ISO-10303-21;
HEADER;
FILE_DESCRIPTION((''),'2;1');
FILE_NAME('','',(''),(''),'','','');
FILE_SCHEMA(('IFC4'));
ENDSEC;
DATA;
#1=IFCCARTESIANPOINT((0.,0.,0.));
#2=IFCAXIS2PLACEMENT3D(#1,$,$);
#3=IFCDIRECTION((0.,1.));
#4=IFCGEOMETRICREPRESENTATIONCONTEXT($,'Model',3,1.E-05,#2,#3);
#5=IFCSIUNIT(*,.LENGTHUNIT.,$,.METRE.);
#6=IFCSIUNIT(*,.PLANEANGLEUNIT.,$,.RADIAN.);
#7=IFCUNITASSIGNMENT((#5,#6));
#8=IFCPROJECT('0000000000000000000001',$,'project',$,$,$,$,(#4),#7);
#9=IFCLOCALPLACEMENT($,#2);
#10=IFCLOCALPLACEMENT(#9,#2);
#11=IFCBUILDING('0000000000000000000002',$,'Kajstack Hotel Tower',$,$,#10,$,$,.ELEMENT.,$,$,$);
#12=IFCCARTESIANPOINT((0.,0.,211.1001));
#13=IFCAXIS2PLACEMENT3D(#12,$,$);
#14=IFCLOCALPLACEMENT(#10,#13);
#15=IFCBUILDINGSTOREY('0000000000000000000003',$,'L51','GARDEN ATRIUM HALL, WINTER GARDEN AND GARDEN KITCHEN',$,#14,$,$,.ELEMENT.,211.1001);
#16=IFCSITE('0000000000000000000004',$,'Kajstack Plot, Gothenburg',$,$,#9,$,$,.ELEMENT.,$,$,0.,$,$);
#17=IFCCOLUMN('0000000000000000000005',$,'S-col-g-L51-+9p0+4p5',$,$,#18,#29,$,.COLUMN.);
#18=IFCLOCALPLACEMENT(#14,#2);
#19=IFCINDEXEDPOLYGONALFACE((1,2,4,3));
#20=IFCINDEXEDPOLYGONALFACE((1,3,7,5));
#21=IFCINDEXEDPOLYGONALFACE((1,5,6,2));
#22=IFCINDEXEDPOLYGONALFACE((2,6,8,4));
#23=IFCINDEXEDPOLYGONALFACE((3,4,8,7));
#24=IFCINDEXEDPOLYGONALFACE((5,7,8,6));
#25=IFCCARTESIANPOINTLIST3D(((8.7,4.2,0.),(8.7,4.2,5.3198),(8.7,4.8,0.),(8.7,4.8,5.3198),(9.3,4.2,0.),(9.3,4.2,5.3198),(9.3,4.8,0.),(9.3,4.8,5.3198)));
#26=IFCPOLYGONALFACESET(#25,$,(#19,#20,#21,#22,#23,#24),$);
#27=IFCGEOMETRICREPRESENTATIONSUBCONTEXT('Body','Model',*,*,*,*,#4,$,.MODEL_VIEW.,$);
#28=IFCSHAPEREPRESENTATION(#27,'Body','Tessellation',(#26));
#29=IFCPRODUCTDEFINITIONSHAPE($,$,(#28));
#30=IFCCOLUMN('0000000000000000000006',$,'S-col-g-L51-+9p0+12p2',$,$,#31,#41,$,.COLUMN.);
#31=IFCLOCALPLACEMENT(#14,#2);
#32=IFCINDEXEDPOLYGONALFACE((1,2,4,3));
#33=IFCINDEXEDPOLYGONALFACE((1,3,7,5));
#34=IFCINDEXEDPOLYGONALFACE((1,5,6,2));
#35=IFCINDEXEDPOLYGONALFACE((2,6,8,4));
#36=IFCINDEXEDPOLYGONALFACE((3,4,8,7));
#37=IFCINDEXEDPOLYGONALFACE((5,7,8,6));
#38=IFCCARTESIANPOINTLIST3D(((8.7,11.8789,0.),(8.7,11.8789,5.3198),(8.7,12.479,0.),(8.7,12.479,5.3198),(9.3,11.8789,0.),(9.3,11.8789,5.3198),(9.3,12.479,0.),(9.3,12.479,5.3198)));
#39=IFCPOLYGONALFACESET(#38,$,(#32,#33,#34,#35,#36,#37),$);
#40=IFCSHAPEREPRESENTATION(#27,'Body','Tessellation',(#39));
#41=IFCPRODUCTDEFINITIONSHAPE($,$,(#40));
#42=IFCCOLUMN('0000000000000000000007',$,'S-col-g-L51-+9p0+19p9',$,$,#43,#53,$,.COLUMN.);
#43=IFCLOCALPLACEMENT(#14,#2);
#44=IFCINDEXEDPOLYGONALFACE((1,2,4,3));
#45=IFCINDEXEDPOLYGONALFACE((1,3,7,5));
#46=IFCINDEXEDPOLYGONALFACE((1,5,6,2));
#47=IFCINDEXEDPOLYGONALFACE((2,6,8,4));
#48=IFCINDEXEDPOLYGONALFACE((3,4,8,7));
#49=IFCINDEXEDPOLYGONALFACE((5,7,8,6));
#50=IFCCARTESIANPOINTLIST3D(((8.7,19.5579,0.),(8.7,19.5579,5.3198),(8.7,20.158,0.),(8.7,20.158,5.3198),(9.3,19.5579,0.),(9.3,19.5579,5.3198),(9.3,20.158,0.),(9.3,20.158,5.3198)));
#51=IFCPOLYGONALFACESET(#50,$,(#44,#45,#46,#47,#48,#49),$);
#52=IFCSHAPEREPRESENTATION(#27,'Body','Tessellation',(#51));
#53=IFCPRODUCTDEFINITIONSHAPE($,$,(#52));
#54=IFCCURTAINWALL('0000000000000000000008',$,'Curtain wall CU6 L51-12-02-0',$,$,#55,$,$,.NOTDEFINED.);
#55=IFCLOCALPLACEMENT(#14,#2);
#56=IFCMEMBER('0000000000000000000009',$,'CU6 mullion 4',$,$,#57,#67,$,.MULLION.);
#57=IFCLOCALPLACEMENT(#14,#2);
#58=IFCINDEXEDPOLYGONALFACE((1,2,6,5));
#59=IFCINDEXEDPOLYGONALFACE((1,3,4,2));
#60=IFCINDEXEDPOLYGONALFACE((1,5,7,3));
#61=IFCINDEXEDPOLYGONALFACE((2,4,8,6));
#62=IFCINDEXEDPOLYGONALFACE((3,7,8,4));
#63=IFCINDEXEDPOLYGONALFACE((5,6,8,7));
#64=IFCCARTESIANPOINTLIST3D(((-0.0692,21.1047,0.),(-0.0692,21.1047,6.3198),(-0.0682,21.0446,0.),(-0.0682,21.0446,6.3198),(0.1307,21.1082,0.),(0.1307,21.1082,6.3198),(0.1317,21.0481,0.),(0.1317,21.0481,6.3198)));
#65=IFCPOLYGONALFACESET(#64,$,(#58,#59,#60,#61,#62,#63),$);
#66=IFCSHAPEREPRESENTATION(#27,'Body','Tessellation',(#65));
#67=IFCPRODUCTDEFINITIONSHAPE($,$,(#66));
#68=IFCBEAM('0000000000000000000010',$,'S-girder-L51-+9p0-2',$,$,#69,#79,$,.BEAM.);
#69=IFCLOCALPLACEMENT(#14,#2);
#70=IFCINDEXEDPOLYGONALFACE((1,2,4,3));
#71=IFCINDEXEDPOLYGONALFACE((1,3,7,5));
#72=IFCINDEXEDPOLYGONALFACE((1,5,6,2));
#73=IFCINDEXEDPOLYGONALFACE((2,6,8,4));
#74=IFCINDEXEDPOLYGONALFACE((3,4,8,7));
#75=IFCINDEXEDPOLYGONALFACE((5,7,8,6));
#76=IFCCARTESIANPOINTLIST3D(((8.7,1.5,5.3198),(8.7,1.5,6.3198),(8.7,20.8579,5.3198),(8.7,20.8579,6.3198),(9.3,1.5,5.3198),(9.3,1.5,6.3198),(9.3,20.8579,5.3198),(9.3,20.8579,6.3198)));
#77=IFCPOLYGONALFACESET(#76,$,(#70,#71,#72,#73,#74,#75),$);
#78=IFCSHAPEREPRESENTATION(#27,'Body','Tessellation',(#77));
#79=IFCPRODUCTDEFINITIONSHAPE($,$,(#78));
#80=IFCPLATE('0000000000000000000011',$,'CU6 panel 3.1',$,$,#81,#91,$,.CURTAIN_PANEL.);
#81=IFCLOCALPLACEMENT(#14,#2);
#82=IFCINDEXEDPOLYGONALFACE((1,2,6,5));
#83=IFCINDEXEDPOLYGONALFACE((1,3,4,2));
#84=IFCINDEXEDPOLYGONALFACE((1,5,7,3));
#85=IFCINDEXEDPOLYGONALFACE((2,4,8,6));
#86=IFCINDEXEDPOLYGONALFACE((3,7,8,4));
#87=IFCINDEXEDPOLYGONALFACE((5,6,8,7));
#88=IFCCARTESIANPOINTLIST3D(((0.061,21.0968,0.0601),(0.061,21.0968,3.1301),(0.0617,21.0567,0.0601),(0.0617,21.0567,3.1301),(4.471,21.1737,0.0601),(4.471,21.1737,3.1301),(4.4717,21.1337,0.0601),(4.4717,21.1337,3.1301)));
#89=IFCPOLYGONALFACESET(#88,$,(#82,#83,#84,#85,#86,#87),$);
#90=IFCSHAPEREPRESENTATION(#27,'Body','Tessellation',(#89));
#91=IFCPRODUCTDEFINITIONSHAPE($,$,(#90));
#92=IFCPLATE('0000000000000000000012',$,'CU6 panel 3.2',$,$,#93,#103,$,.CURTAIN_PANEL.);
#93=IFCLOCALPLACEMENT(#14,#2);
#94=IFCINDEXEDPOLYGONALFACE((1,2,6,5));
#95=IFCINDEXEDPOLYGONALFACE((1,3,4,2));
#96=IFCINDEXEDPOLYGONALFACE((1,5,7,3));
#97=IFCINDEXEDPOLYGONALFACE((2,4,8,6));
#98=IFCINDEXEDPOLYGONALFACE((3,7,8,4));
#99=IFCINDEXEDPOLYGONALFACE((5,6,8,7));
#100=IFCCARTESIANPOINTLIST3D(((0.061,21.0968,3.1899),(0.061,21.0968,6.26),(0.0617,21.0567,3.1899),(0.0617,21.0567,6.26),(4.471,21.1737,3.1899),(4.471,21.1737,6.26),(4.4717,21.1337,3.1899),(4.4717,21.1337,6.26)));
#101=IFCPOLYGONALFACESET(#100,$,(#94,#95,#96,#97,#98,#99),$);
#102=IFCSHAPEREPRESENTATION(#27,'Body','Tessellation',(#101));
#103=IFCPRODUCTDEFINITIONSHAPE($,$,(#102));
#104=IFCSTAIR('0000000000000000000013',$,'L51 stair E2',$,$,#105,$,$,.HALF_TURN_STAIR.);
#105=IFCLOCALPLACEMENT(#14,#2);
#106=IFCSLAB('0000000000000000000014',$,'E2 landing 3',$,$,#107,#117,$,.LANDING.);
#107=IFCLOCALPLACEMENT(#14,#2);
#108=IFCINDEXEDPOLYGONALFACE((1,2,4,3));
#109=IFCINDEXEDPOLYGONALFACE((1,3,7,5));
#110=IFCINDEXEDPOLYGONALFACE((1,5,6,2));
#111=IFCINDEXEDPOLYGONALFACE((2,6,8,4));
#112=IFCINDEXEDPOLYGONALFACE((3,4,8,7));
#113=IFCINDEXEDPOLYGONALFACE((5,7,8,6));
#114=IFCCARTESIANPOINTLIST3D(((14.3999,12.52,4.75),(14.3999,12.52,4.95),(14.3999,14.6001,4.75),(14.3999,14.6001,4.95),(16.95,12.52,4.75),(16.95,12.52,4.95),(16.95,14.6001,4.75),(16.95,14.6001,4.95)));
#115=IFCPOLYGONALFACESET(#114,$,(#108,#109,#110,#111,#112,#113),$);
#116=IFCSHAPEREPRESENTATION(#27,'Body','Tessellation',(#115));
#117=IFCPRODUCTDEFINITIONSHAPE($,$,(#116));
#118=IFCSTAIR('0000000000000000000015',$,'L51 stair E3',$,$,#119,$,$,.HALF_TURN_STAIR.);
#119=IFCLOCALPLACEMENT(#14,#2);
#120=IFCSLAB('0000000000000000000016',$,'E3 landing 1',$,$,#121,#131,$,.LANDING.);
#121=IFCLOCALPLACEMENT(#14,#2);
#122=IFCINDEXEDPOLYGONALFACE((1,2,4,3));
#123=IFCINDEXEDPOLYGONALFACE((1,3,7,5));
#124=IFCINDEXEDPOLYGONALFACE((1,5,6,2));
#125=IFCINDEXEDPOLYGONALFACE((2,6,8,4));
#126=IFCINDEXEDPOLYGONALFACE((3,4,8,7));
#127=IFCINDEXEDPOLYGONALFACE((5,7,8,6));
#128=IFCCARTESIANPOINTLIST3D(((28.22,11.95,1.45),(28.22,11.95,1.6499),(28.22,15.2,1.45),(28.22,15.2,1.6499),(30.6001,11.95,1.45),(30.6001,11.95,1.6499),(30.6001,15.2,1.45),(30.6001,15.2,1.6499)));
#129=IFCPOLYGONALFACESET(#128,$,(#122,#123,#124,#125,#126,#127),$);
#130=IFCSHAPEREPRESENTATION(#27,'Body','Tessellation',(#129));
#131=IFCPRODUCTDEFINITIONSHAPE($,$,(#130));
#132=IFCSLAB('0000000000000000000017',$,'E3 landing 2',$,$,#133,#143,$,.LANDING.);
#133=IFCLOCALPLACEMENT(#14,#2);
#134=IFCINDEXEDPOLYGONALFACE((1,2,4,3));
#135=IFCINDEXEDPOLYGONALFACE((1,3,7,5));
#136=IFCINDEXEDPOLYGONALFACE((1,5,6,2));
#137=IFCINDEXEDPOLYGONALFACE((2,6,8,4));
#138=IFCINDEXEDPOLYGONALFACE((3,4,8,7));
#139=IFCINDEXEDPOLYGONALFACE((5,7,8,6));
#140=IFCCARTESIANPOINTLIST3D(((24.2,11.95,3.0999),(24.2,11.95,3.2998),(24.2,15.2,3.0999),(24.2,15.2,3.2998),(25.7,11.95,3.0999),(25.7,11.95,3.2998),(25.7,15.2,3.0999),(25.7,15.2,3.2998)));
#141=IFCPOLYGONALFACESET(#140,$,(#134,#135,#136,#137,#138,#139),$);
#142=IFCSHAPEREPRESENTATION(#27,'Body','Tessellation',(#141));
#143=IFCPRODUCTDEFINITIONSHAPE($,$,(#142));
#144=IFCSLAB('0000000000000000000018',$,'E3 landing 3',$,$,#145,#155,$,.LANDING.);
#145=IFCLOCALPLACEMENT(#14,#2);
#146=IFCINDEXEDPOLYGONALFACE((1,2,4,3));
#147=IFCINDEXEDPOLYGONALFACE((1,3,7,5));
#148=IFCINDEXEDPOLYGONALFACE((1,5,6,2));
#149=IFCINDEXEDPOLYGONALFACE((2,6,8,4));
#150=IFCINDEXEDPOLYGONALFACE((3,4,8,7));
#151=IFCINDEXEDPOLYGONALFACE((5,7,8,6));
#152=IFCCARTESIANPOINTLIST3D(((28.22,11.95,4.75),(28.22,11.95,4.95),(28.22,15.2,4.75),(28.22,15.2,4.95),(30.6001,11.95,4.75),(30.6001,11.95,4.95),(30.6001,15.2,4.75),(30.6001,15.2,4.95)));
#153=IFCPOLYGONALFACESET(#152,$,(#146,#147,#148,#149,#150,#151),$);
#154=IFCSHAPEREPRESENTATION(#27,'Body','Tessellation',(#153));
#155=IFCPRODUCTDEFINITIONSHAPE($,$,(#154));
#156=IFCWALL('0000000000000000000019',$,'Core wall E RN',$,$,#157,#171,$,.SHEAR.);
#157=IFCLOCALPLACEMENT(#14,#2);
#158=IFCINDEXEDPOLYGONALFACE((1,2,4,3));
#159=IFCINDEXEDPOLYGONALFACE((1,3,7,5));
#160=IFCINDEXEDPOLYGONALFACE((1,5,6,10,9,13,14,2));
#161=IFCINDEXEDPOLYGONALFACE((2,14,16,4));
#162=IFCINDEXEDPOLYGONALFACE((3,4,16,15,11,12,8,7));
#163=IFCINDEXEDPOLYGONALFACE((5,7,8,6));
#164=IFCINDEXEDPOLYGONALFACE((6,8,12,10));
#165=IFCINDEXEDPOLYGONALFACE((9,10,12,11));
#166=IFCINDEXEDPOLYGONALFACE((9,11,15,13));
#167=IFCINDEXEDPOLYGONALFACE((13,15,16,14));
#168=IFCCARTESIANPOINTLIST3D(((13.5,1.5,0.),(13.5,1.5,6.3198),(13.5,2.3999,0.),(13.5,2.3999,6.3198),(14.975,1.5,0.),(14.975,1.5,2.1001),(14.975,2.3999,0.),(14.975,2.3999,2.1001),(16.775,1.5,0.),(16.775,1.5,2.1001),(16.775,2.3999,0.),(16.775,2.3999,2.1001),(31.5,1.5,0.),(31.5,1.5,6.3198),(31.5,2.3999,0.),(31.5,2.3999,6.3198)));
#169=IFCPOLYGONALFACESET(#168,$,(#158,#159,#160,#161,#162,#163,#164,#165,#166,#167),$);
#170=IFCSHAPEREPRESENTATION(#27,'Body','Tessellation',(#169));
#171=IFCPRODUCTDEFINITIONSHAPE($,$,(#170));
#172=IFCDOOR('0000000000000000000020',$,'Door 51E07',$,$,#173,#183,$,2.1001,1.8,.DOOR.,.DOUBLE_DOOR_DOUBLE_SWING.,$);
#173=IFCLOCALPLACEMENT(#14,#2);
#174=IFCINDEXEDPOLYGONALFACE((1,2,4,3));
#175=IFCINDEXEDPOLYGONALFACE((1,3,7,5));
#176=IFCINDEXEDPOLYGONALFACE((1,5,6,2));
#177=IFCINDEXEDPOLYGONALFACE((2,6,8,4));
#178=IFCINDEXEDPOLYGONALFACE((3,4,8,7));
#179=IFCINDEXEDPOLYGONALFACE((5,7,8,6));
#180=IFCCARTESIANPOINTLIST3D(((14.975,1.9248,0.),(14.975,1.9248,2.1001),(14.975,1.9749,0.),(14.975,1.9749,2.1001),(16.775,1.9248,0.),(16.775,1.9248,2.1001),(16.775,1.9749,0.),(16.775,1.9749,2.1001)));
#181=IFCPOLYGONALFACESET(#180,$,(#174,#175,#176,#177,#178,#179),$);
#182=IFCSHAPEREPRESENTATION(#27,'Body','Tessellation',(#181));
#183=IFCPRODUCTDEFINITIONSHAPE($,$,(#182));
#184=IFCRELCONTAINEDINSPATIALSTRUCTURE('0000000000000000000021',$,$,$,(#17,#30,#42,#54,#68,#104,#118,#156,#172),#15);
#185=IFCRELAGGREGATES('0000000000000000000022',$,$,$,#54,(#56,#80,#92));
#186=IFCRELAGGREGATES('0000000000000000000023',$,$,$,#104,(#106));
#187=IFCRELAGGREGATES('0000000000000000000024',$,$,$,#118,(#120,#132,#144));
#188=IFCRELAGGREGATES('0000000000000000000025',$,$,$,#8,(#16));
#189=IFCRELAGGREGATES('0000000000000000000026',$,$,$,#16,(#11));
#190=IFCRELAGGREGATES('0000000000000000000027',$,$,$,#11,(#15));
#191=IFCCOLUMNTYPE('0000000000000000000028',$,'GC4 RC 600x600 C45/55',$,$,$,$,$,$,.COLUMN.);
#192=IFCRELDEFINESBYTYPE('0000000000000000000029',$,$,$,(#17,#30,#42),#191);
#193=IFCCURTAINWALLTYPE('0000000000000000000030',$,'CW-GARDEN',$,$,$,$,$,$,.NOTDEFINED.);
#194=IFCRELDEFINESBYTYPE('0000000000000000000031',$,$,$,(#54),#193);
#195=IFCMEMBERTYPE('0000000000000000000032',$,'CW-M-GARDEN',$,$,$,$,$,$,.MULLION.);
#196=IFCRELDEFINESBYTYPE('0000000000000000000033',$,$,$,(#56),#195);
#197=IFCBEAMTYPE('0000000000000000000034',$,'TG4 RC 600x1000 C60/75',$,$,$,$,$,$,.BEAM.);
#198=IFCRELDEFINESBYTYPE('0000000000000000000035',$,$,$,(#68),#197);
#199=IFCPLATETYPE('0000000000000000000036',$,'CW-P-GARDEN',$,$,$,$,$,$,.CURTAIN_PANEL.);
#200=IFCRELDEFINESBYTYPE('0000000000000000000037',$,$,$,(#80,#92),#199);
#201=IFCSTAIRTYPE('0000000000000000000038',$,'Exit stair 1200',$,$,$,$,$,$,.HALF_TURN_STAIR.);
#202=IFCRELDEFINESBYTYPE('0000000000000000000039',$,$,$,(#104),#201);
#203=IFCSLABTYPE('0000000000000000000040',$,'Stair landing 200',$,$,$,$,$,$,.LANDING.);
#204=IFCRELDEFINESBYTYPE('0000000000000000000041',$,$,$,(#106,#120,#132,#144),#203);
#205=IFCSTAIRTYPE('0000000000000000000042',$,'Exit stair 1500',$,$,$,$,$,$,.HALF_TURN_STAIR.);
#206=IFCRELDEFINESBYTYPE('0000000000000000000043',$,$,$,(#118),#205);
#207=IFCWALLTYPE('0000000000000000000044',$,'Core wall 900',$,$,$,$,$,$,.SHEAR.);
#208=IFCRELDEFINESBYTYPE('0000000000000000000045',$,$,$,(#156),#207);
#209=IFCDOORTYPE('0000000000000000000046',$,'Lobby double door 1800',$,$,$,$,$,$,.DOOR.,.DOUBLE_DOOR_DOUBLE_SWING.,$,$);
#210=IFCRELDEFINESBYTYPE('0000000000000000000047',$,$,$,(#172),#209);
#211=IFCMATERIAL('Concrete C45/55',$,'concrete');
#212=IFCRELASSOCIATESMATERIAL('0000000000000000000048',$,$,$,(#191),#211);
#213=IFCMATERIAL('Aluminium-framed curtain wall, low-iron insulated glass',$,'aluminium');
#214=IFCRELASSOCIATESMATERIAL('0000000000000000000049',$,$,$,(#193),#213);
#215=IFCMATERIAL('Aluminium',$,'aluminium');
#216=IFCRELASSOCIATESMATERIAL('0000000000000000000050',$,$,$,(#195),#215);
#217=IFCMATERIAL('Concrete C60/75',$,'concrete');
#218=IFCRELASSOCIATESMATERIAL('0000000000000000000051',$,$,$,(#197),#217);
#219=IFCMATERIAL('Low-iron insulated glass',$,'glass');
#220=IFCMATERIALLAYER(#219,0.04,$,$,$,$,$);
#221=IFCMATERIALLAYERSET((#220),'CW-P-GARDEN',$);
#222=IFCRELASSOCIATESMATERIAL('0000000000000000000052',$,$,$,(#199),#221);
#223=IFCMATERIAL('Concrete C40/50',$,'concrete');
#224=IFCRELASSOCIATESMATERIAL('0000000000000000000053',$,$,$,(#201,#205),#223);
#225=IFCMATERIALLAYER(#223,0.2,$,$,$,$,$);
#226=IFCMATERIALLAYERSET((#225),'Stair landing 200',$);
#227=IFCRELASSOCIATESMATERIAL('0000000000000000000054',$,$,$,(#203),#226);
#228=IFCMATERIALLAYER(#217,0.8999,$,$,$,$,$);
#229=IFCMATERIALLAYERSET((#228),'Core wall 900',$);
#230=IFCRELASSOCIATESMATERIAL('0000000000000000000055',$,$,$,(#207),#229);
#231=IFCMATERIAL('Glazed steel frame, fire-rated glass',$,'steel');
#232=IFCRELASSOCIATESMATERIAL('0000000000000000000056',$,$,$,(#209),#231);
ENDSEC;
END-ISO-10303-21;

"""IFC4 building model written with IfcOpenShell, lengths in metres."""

from ifc_helpers import new_model, si_unit, direction, frame, frame_2d, origin, origin_2d, place, context, subcontext, project, spatial, polyline, rectangle, outline, extrude, material, layer, layer_set, material_profile, profile_set, type_object, element, fill, aggregate, save


model = new_model("IFC4")

# Units and contexts
model_context = context("Model", 3, precision=1e-05, world=origin(), true_north=direction((0.0, 1.0)))
body_context = subcontext(model_context, "Body", "Model", "MODEL_VIEW")
ifc_project = project(units=[si_unit("LENGTHUNIT", "METRE"), si_unit("PLANEANGLEUNIT", "RADIAN")], contexts=[model_context])

# Site, building, storey
site_placement = place(None, origin())
site = spatial("IfcSite", under=ifc_project, at=site_placement, Name="Kajstack Plot, Gothenburg", CompositionType="ELEMENT", RefElevation=0.0)
building_placement = place(site_placement, origin())
building = spatial("IfcBuilding", under=site, at=building_placement, Name="Kajstack Hotel Tower", CompositionType="ELEMENT")
storey_placement = place(building_placement, frame((0.0, 0.0, 211.1001)))
storey = spatial("IfcBuildingStorey", under=building, at=storey_placement, Name="L51", Description="GARDEN ATRIUM HALL, WINTER GARDEN AND GARDEN KITCHEN", CompositionType="ELEMENT", Elevation=211.1001)

# Columns
ifc_material_1 = material(Name="Concrete C45/55", Category="concrete")
ifc_material_profile_1 = material_profile(ifc_material_1, rectangle(XDim=0.6001, YDim=0.6001, at=origin_2d()), Name="RC 600x600")
ifc_profile_set_1 = profile_set([ifc_material_profile_1], Name="Concrete C45/55")
column_type = type_object("IfcColumnType", Name="GC4 RC 600x600 C45/55", PredefinedType="COLUMN", material=ifc_profile_set_1)
for number, where, z_axis, x_axis, name in (
    (1, (9.0, 4.5, 0.0), (0.0, 0.0, 1.0), (1.0, 0.0, 0.0), "S-col-g-L51-+9p0+4p5"),
    (2, (9.0, 12.179, 0.0), (0.0, 0.0, 1.0), (1.0, 0.0, 0.0), "S-col-g-L51-+9p0+12p2"),
    (3, (9.0, 19.8579, 0.0), (0.0, 0.0, 1.0), (1.0, 0.0, 0.0), "S-col-g-L51-+9p0+19p9"),
):
    element("IfcColumn", number, at=place(storey_placement, frame(where, z_axis=z_axis, x_axis=x_axis)), inside=storey, type_object=column_type, Name=name, PredefinedType="COLUMN", context=body_context, shape_type="SweptSolid", body=[
        extrude(rectangle(XDim=0.6001, YDim=0.6001, at=origin_2d()), origin(), (0.0, 0.0, 1.0), 5.3198),
    ])

# Curtain wall, member
ifc_material_2 = material(Name="Aluminium-framed curtain wall, low-iron insulated glass", Category="aluminium")
curtain_wall_type = type_object("IfcCurtainWallType", Name="CW-GARDEN", PredefinedType="NOTDEFINED", material=ifc_material_2)
curtain_wall_placement = place(storey_placement, origin())
curtain_wall = element("IfcCurtainWall", 4, at=curtain_wall_placement, inside=storey, type_object=curtain_wall_type, Name="Curtain wall CU6 L51-12-02-0", PredefinedType="NOTDEFINED")
ifc_material_3 = material(Name="Aluminium", Category="aluminium")
ifc_material_profile_2 = material_profile(ifc_material_3, rectangle(XDim=0.0601, YDim=0.2, at=origin_2d()), Name="Aluminium mullion 60 x 200")
ifc_profile_set_2 = profile_set([ifc_material_profile_2], Name="Aluminium")
member_type = type_object("IfcMemberType", Name="CW-M-GARDEN", PredefinedType="MULLION", material=ifc_profile_set_2)
member_placement = place(storey_placement, frame((0.0312, 21.0764, 0.0), z_axis=(0.0, 0.0, 1.0), x_axis=(0.017453, -0.999848, 0.0)))
member = element("IfcMember", 5, at=member_placement, type_object=member_type, Name="CU6 mullion 4", PredefinedType="MULLION", context=body_context, shape_type="SweptSolid", body=[
    extrude(rectangle(XDim=0.0601, YDim=0.2, at=origin_2d()), origin(), (0.0, 0.0, 1.0), 6.3198),
])

# Beam
ifc_material_4 = material(Name="Concrete C60/75", Category="concrete")
ifc_material_profile_3 = material_profile(ifc_material_4, rectangle(XDim=0.6001, YDim=1.0, at=origin_2d()), Name="RC 600x1000")
ifc_profile_set_3 = profile_set([ifc_material_profile_3], Name="Concrete C60/75")
beam_type = type_object("IfcBeamType", Name="TG4 RC 600x1000 C60/75", PredefinedType="BEAM", material=ifc_profile_set_3)
beam_placement = place(storey_placement, frame((9.0, 1.5, 5.8198), z_axis=(0.0, 1.0, 0.0), x_axis=(-1.0, 0.0, 0.0)))
element("IfcBeam", 6, at=beam_placement, inside=storey, type_object=beam_type, Name="S-girder-L51-+9p0-2", PredefinedType="BEAM", context=body_context, shape_type="SweptSolid", body=[
    extrude(rectangle(XDim=0.6001, YDim=1.0, at=origin_2d()), origin(), (0.0, 0.0, 1.0), 19.3579),
])

# Plates
ifc_material_5 = material(Name="Low-iron insulated glass", Category="glass")
ifc_layer_1 = layer(ifc_material_5, 0.04)
ifc_layer_set_1 = layer_set([ifc_layer_1], Name="CW-P-GARDEN")
plate_type = type_object("IfcPlateType", Name="CW-P-GARDEN", PredefinedType="CURTAIN_PANEL", material=ifc_layer_set_1)
plate_1_placement = place(storey_placement, frame((2.2664, 21.1152, 0.0601), z_axis=(0.0, 0.0, 1.0), x_axis=(-0.999848, -0.017453, 0.0)))
plate_1 = element("IfcPlate", 7, at=plate_1_placement, type_object=plate_type, Name="CU6 panel 3.1", PredefinedType="CURTAIN_PANEL", context=body_context, shape_type="SweptSolid", body=[
    extrude(rectangle(XDim=4.4106, YDim=0.04, at=origin_2d()), origin(), (0.0, 0.0, 1.0), 3.0701),
])
plate_2_placement = place(storey_placement, frame((2.2664, 21.1152, 3.1899), z_axis=(0.0, 0.0, 1.0), x_axis=(-0.999848, -0.017453, 0.0)))
plate_2 = element("IfcPlate", 8, at=plate_2_placement, type_object=plate_type, Name="CU6 panel 3.2", PredefinedType="CURTAIN_PANEL", context=body_context, shape_type="SweptSolid", body=[
    extrude(rectangle(XDim=4.4106, YDim=0.04, at=origin_2d()), origin(), (0.0, 0.0, 1.0), 3.0701),
])
aggregate(curtain_wall, [member, plate_1, plate_2])

# Stair, slab
ifc_material_6 = material(Name="Concrete C40/50", Category="concrete")
stair_type_1 = type_object("IfcStairType", Name="Exit stair 1200", PredefinedType="HALF_TURN_STAIR", material=ifc_material_6)
stair_1_placement = place(storey_placement, origin())
stair_1 = element("IfcStair", 9, at=stair_1_placement, inside=storey, type_object=stair_type_1, Name="L51 stair E2", PredefinedType="HALF_TURN_STAIR")
ifc_layer_2 = layer(ifc_material_6, 0.2)
ifc_layer_set_2 = layer_set([ifc_layer_2], Name="Stair landing 200")
slab_type = type_object("IfcSlabType", Name="Stair landing 200", PredefinedType="LANDING", material=ifc_layer_set_2)
slab_1_placement = place(storey_placement, frame((0.0, 0.0, 4.75)))
slab_1 = element("IfcSlab", 10, at=slab_1_placement, type_object=slab_type, Name="E2 landing 3", PredefinedType="LANDING", context=body_context, shape_type="SweptSolid", body=[
    extrude(outline(polyline([(16.95, 12.52), (16.95, 14.6001), (14.3999, 14.6001), (14.3999, 12.52), (16.95, 12.52)])), origin(), (0.0, 0.0, 1.0), 0.2),
])
aggregate(stair_1, [slab_1])

# Stair, slabs
stair_type_2 = type_object("IfcStairType", Name="Exit stair 1500", PredefinedType="HALF_TURN_STAIR", material=ifc_material_6)
stair_2_placement = place(storey_placement, origin())
stair_2 = element("IfcStair", 11, at=stair_2_placement, inside=storey, type_object=stair_type_2, Name="L51 stair E3", PredefinedType="HALF_TURN_STAIR")
slab_2_placement = place(storey_placement, frame((0.0, 0.0, 1.45)))
slab_2 = element("IfcSlab", 12, at=slab_2_placement, type_object=slab_type, Name="E3 landing 1", PredefinedType="LANDING", context=body_context, shape_type="SweptSolid", body=[
    extrude(outline(polyline([(28.22, 11.95), (30.6001, 11.95), (30.6001, 15.2), (28.22, 15.2), (28.22, 11.95)])), origin(), (0.0, 0.0, 1.0), 0.2),
])
slab_3_placement = place(storey_placement, frame((0.0, 0.0, 3.0999)))
slab_3 = element("IfcSlab", 13, at=slab_3_placement, type_object=slab_type, Name="E3 landing 2", PredefinedType="LANDING", context=body_context, shape_type="SweptSolid", body=[
    extrude(outline(polyline([(24.2, 11.95), (25.7, 11.95), (25.7, 15.2), (24.2, 15.2), (24.2, 11.95)])), origin(), (0.0, 0.0, 1.0), 0.2),
])
slab_4_placement = place(storey_placement, frame((0.0, 0.0, 4.75)))
slab_4 = element("IfcSlab", 14, at=slab_4_placement, type_object=slab_type, Name="E3 landing 3", PredefinedType="LANDING", context=body_context, shape_type="SweptSolid", body=[
    extrude(outline(polyline([(28.22, 11.95), (30.6001, 11.95), (30.6001, 15.2), (28.22, 15.2), (28.22, 11.95)])), origin(), (0.0, 0.0, 1.0), 0.2),
])
aggregate(stair_2, [slab_2, slab_3, slab_4])

# Wall, opening, door
ifc_layer_3 = layer(ifc_material_4, 0.8999)
ifc_layer_set_3 = layer_set([ifc_layer_3], Name="Core wall 900")
wall_type_1 = type_object("IfcWallType", Name="Core wall 900", PredefinedType="SHEAR", material=ifc_layer_set_3)
wall_1_placement = place(storey_placement, frame((13.5, 1.95, 0.0), z_axis=(0.0, 0.0, 1.0), x_axis=(1.0, 0.0, 0.0)))
wall_1 = element("IfcWall", 15, at=wall_1_placement, inside=storey, type_object=wall_type_1, Name="Core wall E RN", PredefinedType="SHEAR", context=body_context, shape_type="SweptSolid", body=[
    extrude(rectangle(XDim=18.0, YDim=0.8999, at=frame_2d((9.0, 0.0))), origin(), (0.0, 0.0, 1.0), 6.3198),
])
opening_1_placement = place(wall_1_placement, frame((1.4751, 0.0, 0.0)))
opening_1 = element("IfcOpeningElement", 16, at=opening_1_placement, cuts=wall_1, PredefinedType="OPENING", context=body_context, shape_type="SweptSolid", body=[
    extrude(rectangle(XDim=1.8, YDim=2.1001, at=frame_2d((0.8999, 1.05))), frame((0.0, 0.46, 0.0), z_axis=(0.0, -1.0, 0.0), x_axis=(1.0, 0.0, 0.0)), (0.0, 0.0, 1.0), 0.9199),
])
ifc_material_7 = material(Name="Glazed steel frame, fire-rated glass", Category="steel")
door_type_1 = type_object("IfcDoorType", Name="Lobby double door 1800", OperationType="DOUBLE_DOOR_DOUBLE_SWING", PredefinedType="DOOR", material=ifc_material_7)
door_1_placement = place(opening_1_placement, origin())
door_1 = element("IfcDoor", 17, at=door_1_placement, inside=storey, type_object=door_type_1, Name="Door 51E07", OperationType="DOUBLE_DOOR_DOUBLE_SWING", OverallHeight=2.1001, OverallWidth=1.8, PredefinedType="DOOR", context=body_context, shape_type="SweptSolid", body=[
    extrude(rectangle(XDim=1.8, YDim=2.1001, at=frame_2d((0.8999, 1.05))), frame((0.0, 0.0249, 0.0), z_axis=(0.0, -1.0, 0.0), x_axis=(1.0, 0.0, 0.0)), (0.0, 0.0, 1.0), 0.05),
])
fill(opening_1, door_1)

save(model, "model.ifc")
